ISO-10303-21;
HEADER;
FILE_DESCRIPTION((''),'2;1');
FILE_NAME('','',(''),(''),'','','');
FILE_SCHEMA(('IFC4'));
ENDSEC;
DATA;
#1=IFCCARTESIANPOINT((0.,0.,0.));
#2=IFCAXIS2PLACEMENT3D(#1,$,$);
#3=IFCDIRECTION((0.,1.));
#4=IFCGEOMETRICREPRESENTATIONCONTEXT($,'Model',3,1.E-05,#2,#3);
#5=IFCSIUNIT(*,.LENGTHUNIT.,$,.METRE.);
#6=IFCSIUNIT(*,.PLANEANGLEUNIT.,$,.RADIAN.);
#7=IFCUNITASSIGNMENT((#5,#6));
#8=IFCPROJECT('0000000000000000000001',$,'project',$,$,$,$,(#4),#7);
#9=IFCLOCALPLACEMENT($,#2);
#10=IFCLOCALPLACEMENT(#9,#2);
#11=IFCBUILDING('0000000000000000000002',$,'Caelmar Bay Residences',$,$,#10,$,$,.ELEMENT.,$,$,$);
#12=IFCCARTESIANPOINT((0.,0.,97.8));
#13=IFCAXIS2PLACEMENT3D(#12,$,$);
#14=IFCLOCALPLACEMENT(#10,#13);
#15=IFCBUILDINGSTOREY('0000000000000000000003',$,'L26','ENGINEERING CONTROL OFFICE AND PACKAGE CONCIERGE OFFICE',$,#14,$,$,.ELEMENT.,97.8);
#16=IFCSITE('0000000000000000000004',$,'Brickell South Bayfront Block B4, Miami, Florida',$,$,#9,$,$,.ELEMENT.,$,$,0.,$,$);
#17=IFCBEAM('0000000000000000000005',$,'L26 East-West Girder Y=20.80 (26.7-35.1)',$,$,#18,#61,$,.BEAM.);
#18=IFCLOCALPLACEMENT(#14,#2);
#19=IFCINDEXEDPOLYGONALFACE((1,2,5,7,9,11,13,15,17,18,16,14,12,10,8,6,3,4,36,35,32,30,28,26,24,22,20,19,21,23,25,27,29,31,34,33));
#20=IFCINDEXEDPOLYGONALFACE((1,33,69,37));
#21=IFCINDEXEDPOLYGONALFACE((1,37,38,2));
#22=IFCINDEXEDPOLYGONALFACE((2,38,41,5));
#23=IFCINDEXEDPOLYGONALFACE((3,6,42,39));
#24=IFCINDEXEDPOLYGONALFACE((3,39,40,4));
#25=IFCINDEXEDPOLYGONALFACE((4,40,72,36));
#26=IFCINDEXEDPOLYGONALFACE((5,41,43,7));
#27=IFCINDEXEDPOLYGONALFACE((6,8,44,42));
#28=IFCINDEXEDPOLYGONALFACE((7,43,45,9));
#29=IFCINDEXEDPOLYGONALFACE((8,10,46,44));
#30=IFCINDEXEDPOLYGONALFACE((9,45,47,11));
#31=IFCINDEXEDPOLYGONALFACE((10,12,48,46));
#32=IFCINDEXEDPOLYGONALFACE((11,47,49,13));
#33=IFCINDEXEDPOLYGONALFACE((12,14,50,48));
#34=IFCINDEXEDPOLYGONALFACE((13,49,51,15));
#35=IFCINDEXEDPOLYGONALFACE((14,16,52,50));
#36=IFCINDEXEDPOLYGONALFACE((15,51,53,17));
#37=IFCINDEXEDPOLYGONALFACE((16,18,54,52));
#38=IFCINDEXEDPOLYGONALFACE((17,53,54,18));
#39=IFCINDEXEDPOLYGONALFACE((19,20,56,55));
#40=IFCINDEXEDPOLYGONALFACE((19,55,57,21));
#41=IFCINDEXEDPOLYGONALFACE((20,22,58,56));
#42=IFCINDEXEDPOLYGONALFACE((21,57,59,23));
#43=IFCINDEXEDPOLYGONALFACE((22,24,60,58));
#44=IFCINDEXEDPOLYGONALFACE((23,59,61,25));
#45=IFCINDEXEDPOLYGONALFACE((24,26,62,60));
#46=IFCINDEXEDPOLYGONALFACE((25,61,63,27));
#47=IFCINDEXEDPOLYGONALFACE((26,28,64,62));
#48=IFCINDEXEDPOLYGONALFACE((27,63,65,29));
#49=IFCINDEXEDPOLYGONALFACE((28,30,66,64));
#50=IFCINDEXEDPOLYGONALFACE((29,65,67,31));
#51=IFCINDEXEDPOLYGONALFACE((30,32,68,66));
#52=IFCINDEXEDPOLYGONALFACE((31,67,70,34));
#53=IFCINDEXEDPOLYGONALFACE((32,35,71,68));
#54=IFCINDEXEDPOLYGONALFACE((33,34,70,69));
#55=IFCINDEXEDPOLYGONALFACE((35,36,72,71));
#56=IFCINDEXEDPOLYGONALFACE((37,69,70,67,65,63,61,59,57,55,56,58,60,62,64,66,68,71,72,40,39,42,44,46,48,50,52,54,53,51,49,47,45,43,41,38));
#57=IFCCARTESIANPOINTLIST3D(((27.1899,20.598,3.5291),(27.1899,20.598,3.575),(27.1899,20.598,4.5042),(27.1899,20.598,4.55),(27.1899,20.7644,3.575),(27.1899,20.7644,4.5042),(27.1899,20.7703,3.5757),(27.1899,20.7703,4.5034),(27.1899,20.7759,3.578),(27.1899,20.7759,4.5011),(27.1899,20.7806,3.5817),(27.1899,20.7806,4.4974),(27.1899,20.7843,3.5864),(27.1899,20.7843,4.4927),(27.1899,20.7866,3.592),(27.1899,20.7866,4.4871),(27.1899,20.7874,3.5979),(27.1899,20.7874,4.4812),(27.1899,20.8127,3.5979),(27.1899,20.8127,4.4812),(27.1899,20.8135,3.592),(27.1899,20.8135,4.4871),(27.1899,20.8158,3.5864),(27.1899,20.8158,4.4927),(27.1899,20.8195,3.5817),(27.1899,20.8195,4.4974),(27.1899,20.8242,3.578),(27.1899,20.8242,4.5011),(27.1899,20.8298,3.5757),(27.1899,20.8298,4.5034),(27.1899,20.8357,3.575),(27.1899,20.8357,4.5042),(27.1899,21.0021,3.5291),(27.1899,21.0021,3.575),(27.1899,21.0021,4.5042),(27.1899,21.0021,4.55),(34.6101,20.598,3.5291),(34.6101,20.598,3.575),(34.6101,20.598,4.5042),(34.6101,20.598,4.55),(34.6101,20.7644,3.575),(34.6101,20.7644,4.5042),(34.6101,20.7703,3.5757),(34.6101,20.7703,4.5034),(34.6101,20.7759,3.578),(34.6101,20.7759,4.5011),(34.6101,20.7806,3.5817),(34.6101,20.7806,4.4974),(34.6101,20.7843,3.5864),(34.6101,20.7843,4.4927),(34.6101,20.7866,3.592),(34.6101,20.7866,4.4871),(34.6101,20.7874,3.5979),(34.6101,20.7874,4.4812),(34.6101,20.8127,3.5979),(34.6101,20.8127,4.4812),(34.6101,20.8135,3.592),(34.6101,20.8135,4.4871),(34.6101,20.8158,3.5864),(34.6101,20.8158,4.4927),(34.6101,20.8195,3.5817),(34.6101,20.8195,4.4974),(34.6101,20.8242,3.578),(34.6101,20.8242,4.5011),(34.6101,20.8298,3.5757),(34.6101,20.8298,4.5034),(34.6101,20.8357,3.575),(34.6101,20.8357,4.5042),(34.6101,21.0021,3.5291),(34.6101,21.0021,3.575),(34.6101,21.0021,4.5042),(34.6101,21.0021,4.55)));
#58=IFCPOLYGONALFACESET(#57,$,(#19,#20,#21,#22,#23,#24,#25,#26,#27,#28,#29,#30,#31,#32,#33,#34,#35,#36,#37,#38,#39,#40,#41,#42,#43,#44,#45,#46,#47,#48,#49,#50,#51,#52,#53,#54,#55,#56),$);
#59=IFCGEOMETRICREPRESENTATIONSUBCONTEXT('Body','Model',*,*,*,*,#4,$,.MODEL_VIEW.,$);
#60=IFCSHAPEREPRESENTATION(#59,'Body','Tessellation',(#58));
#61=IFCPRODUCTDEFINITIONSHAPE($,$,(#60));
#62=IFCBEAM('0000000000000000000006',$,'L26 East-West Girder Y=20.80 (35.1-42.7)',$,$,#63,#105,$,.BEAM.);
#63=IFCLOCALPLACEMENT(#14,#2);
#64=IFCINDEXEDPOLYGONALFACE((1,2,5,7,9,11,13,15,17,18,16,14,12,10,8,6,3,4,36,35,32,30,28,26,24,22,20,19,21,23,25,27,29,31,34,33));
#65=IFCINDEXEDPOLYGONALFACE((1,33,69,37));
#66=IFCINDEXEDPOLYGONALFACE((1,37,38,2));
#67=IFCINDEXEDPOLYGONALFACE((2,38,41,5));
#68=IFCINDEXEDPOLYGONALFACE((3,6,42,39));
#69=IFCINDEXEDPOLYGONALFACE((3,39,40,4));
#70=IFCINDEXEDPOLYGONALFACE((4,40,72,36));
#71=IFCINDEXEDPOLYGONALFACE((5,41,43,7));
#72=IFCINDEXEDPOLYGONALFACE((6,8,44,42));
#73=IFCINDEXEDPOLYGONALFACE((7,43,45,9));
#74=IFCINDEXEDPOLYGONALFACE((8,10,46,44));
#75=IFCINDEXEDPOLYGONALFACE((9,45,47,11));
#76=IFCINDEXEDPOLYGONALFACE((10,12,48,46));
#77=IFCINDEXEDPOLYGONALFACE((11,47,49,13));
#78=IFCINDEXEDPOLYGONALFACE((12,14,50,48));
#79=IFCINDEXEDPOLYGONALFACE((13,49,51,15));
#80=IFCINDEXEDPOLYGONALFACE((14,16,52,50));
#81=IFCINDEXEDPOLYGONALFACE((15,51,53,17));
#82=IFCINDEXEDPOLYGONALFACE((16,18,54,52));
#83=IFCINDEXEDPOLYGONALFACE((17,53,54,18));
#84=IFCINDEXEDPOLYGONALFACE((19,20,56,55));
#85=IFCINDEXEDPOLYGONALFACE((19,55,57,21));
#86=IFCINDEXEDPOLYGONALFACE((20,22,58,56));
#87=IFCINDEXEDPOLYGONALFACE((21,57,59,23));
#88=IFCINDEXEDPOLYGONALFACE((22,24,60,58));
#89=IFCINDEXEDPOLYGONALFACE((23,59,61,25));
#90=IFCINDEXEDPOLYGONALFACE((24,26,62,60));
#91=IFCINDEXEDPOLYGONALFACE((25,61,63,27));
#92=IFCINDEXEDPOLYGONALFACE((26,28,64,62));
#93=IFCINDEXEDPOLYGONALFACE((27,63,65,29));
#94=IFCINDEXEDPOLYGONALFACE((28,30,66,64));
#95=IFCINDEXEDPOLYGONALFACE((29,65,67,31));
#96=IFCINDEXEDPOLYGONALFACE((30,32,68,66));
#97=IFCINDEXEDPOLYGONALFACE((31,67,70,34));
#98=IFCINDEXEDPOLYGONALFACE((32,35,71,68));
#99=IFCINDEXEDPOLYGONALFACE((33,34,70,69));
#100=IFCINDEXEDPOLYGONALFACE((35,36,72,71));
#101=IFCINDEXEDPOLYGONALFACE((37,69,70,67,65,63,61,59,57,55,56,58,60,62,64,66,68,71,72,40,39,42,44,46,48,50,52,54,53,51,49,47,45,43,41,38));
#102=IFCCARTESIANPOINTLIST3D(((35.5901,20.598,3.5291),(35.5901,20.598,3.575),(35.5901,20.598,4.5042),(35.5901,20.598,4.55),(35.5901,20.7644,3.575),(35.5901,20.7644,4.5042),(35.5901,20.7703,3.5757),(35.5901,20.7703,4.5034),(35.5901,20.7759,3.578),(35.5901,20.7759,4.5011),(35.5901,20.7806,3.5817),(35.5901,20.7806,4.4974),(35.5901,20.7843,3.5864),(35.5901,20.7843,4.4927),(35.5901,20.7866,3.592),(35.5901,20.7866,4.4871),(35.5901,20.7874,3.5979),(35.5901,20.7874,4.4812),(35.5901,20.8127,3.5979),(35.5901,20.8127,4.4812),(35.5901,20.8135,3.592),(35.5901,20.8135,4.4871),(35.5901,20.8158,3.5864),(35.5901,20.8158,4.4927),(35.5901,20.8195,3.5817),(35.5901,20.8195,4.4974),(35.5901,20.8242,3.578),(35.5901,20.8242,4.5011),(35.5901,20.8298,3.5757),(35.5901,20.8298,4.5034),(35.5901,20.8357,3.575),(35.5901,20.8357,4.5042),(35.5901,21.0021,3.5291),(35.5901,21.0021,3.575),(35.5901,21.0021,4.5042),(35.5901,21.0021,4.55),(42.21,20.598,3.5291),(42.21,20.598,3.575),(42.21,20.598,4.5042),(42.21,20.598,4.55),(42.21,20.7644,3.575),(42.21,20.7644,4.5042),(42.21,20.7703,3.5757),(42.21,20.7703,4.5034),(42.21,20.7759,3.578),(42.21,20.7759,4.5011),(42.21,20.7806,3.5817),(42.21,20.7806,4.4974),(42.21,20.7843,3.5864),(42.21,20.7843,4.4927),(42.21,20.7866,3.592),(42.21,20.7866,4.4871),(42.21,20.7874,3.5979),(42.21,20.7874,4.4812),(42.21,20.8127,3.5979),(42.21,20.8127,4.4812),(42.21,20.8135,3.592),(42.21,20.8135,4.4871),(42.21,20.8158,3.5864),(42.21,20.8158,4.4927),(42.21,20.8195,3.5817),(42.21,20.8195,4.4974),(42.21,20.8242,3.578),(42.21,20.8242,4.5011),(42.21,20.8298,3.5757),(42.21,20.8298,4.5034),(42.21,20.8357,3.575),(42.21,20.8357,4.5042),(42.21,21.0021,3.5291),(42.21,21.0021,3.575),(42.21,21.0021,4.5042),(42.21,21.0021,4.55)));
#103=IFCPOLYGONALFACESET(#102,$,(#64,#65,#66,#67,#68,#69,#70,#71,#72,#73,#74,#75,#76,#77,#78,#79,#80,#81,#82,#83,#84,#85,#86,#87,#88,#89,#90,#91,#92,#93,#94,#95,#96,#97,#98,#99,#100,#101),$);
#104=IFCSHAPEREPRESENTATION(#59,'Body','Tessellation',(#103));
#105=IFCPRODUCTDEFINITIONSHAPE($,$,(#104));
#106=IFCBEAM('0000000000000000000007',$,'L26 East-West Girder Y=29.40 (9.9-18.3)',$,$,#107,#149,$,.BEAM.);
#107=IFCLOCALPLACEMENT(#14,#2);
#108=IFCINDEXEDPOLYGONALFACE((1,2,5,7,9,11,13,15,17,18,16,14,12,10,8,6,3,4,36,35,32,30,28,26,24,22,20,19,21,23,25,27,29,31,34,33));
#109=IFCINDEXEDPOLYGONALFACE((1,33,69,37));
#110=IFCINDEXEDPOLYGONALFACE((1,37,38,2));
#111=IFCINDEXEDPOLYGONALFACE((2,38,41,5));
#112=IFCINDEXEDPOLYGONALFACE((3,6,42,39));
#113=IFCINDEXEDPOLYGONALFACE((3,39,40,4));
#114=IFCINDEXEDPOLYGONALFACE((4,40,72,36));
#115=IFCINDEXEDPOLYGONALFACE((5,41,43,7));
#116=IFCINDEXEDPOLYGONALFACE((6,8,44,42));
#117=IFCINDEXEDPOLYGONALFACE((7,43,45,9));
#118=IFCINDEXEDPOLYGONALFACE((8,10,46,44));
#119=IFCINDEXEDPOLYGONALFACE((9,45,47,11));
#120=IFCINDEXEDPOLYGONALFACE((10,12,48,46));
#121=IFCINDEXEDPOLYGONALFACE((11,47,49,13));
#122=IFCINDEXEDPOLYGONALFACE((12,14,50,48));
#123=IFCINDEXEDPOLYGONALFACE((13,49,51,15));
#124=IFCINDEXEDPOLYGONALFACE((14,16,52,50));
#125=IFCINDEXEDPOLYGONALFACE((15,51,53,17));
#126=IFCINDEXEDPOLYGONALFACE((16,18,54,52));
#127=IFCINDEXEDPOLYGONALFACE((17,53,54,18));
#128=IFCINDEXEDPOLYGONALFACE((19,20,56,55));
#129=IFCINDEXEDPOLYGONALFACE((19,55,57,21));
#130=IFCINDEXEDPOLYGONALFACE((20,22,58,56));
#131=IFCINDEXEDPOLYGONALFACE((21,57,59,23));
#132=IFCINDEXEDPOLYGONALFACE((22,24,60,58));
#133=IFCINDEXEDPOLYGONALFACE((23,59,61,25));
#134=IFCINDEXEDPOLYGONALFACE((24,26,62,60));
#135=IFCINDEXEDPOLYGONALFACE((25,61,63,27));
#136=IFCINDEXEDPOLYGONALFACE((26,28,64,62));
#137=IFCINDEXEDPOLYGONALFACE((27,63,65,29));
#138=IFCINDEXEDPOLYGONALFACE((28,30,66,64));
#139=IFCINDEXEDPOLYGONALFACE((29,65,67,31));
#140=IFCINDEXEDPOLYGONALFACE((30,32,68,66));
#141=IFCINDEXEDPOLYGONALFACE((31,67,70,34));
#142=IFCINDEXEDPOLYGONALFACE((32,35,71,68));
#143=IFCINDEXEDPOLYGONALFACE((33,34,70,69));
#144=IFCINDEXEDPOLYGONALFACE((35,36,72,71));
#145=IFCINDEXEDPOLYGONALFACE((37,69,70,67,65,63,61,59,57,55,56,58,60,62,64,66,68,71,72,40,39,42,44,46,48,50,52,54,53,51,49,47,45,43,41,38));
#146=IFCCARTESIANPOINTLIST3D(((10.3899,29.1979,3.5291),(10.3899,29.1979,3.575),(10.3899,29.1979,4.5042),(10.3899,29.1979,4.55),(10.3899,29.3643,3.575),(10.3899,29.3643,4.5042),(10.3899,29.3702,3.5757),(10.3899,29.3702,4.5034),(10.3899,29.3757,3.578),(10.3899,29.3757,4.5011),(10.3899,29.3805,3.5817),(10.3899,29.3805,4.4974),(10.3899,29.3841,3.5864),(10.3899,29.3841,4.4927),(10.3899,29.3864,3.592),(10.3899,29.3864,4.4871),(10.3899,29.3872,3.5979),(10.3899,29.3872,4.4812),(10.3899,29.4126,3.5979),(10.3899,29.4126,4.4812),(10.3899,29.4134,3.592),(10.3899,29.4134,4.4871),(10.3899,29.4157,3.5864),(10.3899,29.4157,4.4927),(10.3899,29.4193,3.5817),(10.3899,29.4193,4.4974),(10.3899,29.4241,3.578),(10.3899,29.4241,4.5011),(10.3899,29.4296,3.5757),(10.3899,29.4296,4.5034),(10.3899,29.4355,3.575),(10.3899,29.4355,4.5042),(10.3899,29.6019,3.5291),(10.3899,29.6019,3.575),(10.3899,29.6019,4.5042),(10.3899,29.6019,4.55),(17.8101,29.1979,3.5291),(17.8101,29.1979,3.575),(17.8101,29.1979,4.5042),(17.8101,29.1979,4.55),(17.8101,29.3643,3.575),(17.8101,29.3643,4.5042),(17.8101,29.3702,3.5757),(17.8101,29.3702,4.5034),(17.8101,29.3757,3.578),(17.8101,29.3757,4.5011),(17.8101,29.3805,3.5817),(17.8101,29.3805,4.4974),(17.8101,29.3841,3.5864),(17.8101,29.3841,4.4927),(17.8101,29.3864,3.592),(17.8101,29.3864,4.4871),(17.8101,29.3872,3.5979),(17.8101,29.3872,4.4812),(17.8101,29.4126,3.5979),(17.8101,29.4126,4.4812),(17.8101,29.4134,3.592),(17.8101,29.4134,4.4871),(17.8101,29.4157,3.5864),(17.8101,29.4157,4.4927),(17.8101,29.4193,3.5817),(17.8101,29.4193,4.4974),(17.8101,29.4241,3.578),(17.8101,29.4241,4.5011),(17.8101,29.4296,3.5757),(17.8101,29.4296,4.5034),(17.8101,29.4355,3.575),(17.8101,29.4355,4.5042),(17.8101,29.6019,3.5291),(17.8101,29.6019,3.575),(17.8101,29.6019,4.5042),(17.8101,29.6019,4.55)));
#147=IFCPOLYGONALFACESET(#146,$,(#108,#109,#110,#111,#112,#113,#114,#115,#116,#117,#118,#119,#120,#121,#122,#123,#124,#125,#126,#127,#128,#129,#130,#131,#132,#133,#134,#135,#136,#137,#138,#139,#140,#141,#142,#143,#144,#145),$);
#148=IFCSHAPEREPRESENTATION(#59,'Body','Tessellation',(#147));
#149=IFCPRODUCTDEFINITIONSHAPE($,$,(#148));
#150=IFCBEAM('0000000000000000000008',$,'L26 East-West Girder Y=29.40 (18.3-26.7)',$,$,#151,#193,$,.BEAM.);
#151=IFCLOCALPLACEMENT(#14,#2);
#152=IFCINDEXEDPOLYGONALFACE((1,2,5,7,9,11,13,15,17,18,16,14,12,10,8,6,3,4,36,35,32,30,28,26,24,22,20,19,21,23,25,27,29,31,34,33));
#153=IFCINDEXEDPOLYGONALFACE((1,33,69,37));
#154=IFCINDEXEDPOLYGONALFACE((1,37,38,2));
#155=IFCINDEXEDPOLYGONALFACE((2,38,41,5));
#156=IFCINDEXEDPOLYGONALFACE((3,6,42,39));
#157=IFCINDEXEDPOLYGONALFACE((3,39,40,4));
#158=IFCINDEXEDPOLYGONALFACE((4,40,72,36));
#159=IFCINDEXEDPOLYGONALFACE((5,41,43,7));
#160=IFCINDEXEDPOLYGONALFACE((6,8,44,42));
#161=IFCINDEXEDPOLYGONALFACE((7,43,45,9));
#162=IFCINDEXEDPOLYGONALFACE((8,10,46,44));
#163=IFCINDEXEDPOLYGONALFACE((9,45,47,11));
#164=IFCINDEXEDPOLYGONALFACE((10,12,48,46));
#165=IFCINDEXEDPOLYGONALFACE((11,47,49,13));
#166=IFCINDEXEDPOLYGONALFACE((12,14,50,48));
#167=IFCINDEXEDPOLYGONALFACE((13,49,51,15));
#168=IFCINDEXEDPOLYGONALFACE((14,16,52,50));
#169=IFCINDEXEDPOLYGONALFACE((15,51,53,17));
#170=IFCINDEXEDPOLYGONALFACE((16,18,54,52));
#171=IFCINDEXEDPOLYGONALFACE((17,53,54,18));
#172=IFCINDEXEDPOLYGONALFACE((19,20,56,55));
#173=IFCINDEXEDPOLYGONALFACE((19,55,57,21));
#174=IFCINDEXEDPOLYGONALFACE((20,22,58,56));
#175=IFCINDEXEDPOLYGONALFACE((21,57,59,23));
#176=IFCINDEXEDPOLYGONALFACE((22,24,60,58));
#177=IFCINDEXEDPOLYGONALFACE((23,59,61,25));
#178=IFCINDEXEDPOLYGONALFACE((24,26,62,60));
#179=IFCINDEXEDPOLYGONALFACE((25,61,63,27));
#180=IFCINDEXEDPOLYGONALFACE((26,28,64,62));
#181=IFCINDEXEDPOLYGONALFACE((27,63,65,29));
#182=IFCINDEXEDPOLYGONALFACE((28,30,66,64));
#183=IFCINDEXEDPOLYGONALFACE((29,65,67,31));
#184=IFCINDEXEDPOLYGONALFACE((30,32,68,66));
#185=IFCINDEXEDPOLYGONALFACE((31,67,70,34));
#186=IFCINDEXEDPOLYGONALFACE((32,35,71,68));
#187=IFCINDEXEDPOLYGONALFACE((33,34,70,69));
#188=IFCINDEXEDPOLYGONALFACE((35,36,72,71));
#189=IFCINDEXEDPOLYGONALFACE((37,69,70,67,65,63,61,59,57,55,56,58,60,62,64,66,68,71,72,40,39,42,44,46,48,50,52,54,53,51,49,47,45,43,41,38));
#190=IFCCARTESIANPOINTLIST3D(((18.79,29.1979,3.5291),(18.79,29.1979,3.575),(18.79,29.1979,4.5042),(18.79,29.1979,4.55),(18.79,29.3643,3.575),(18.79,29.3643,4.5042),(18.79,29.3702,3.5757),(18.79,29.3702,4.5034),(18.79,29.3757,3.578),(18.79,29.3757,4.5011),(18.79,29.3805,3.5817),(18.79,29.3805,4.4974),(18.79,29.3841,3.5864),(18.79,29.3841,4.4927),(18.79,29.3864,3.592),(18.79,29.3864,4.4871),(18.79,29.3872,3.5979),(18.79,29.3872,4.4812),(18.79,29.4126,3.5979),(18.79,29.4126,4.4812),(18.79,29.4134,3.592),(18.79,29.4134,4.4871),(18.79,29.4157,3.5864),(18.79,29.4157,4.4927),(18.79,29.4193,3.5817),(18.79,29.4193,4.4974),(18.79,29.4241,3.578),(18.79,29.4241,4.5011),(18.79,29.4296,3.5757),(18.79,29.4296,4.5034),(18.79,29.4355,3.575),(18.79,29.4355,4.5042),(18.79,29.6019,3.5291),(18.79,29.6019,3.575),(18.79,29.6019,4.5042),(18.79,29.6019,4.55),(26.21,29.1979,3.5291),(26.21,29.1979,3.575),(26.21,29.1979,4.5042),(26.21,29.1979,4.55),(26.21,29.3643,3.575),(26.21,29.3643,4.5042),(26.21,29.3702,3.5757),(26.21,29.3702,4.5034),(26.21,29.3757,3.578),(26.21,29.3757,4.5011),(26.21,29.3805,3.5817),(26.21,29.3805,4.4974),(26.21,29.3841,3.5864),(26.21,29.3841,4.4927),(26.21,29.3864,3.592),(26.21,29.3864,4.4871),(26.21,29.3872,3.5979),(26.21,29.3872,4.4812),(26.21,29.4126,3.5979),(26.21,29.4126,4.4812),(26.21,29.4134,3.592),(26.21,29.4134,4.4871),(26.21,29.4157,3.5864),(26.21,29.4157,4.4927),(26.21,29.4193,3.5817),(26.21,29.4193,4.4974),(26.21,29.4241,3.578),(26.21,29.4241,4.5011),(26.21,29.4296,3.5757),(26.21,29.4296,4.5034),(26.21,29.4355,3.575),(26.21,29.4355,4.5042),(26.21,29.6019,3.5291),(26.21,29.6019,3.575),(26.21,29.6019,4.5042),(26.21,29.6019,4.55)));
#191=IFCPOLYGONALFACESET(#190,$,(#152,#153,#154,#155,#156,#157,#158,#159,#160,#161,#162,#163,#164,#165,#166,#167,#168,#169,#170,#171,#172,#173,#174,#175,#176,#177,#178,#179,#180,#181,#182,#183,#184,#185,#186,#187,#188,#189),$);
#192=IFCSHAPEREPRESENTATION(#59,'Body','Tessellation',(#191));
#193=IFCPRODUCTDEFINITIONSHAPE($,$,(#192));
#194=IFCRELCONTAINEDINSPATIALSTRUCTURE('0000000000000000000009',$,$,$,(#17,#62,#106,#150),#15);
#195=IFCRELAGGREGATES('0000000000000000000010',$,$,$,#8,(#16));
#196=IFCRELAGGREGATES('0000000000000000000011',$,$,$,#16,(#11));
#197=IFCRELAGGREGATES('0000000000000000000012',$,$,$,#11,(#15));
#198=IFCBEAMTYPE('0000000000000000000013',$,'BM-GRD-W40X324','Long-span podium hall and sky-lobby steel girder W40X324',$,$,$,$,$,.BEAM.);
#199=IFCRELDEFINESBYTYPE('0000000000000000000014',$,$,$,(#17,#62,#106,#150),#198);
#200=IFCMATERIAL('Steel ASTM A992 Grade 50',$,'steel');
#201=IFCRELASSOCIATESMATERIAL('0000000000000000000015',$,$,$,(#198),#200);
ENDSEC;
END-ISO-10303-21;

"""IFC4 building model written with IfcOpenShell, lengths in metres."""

from ifc_helpers import new_model, si_unit, direction, frame, origin, origin_2d, place, context, subcontext, project, spatial, i_section, extrude, material, material_profile, profile_set, type_object, element, save


model = new_model("IFC4")

# Units and contexts
model_context = context("Model", 3, precision=1e-05, world=origin(), true_north=direction((0.0, 1.0)))
body_context = subcontext(model_context, "Body", "Model", "MODEL_VIEW")
ifc_project = project(units=[si_unit("LENGTHUNIT", "METRE"), si_unit("PLANEANGLEUNIT", "RADIAN")], contexts=[model_context])

# Site, building, storey
site_placement = place(None, origin())
site = spatial("IfcSite", under=ifc_project, at=site_placement, Name="Brickell South Bayfront Block B4, Miami, Florida", CompositionType="ELEMENT", RefElevation=0.0)
building_placement = place(site_placement, origin())
building = spatial("IfcBuilding", under=site, at=building_placement, Name="Caelmar Bay Residences", CompositionType="ELEMENT")
storey_placement = place(building_placement, frame((0.0, 0.0, 97.8)))
storey = spatial("IfcBuildingStorey", under=building, at=storey_placement, Name="L26", Description="ENGINEERING CONTROL OFFICE AND PACKAGE CONCIERGE OFFICE", CompositionType="ELEMENT", Elevation=97.8)

# Beams
ifc_material_1 = material(Name="Steel ASTM A992 Grade 50", Category="steel")
ifc_material_profile_1 = material_profile(ifc_material_1, i_section(OverallWidth=0.4041, OverallDepth=1.021, WebThickness=0.0254, FlangeThickness=0.0459, FilletRadius=0.0229, at=origin_2d()), Name="W40X324")
ifc_profile_set_1 = profile_set([ifc_material_profile_1], Name="Steel ASTM A992 Grade 50")
beam_type_1 = type_object("IfcBeamType", Name="BM-GRD-W40X324", Description="Long-span podium hall and sky-lobby steel girder W40X324", PredefinedType="BEAM", material=ifc_profile_set_1)
beam_1_placement = place(storey_placement, frame((27.1899, 20.8, 4.0396), z_axis=(1.0, 0.0, 0.0), x_axis=(0.0, 1.0, 0.0)))
element("IfcBeam", 1, at=beam_1_placement, inside=storey, type_object=beam_type_1, Name="L26 East-West Girder Y=20.80 (26.7-35.1)", PredefinedType="BEAM", context=body_context, shape_type="SweptSolid", body=[
    extrude(i_section(OverallWidth=0.4041, OverallDepth=1.021, WebThickness=0.0254, FlangeThickness=0.0459, FilletRadius=0.0229, at=origin_2d()), origin(), (0.0, 0.0, 1.0), 7.4202),
])
beam_2_placement = place(storey_placement, frame((35.5901, 20.8, 4.0396), z_axis=(1.0, 0.0, 0.0), x_axis=(0.0, 1.0, 0.0)))
element("IfcBeam", 2, at=beam_2_placement, inside=storey, type_object=beam_type_1, Name="L26 East-West Girder Y=20.80 (35.1-42.7)", PredefinedType="BEAM", context=body_context, shape_type="SweptSolid", body=[
    extrude(i_section(OverallWidth=0.4041, OverallDepth=1.021, WebThickness=0.0254, FlangeThickness=0.0459, FilletRadius=0.0229, at=origin_2d()), origin(), (0.0, 0.0, 1.0), 6.6199),
])
beam_3_placement = place(storey_placement, frame((10.3899, 29.3999, 4.0396), z_axis=(1.0, 0.0, 0.0), x_axis=(0.0, 1.0, 0.0)))
element("IfcBeam", 3, at=beam_3_placement, inside=storey, type_object=beam_type_1, Name="L26 East-West Girder Y=29.40 (9.9-18.3)", PredefinedType="BEAM", context=body_context, shape_type="SweptSolid", body=[
    extrude(i_section(OverallWidth=0.4041, OverallDepth=1.021, WebThickness=0.0254, FlangeThickness=0.0459, FilletRadius=0.0229, at=origin_2d()), origin(), (0.0, 0.0, 1.0), 7.4202),
])
beam_4_placement = place(storey_placement, frame((18.79, 29.3999, 4.0396), z_axis=(1.0, 0.0, 0.0), x_axis=(0.0, 1.0, 0.0)))
element("IfcBeam", 4, at=beam_4_placement, inside=storey, type_object=beam_type_1, Name="L26 East-West Girder Y=29.40 (18.3-26.7)", PredefinedType="BEAM", context=body_context, shape_type="SweptSolid", body=[
    extrude(i_section(OverallWidth=0.4041, OverallDepth=1.021, WebThickness=0.0254, FlangeThickness=0.0459, FilletRadius=0.0229, at=origin_2d()), origin(), (0.0, 0.0, 1.0), 7.4199),
])

save(model, "model.ifc")
